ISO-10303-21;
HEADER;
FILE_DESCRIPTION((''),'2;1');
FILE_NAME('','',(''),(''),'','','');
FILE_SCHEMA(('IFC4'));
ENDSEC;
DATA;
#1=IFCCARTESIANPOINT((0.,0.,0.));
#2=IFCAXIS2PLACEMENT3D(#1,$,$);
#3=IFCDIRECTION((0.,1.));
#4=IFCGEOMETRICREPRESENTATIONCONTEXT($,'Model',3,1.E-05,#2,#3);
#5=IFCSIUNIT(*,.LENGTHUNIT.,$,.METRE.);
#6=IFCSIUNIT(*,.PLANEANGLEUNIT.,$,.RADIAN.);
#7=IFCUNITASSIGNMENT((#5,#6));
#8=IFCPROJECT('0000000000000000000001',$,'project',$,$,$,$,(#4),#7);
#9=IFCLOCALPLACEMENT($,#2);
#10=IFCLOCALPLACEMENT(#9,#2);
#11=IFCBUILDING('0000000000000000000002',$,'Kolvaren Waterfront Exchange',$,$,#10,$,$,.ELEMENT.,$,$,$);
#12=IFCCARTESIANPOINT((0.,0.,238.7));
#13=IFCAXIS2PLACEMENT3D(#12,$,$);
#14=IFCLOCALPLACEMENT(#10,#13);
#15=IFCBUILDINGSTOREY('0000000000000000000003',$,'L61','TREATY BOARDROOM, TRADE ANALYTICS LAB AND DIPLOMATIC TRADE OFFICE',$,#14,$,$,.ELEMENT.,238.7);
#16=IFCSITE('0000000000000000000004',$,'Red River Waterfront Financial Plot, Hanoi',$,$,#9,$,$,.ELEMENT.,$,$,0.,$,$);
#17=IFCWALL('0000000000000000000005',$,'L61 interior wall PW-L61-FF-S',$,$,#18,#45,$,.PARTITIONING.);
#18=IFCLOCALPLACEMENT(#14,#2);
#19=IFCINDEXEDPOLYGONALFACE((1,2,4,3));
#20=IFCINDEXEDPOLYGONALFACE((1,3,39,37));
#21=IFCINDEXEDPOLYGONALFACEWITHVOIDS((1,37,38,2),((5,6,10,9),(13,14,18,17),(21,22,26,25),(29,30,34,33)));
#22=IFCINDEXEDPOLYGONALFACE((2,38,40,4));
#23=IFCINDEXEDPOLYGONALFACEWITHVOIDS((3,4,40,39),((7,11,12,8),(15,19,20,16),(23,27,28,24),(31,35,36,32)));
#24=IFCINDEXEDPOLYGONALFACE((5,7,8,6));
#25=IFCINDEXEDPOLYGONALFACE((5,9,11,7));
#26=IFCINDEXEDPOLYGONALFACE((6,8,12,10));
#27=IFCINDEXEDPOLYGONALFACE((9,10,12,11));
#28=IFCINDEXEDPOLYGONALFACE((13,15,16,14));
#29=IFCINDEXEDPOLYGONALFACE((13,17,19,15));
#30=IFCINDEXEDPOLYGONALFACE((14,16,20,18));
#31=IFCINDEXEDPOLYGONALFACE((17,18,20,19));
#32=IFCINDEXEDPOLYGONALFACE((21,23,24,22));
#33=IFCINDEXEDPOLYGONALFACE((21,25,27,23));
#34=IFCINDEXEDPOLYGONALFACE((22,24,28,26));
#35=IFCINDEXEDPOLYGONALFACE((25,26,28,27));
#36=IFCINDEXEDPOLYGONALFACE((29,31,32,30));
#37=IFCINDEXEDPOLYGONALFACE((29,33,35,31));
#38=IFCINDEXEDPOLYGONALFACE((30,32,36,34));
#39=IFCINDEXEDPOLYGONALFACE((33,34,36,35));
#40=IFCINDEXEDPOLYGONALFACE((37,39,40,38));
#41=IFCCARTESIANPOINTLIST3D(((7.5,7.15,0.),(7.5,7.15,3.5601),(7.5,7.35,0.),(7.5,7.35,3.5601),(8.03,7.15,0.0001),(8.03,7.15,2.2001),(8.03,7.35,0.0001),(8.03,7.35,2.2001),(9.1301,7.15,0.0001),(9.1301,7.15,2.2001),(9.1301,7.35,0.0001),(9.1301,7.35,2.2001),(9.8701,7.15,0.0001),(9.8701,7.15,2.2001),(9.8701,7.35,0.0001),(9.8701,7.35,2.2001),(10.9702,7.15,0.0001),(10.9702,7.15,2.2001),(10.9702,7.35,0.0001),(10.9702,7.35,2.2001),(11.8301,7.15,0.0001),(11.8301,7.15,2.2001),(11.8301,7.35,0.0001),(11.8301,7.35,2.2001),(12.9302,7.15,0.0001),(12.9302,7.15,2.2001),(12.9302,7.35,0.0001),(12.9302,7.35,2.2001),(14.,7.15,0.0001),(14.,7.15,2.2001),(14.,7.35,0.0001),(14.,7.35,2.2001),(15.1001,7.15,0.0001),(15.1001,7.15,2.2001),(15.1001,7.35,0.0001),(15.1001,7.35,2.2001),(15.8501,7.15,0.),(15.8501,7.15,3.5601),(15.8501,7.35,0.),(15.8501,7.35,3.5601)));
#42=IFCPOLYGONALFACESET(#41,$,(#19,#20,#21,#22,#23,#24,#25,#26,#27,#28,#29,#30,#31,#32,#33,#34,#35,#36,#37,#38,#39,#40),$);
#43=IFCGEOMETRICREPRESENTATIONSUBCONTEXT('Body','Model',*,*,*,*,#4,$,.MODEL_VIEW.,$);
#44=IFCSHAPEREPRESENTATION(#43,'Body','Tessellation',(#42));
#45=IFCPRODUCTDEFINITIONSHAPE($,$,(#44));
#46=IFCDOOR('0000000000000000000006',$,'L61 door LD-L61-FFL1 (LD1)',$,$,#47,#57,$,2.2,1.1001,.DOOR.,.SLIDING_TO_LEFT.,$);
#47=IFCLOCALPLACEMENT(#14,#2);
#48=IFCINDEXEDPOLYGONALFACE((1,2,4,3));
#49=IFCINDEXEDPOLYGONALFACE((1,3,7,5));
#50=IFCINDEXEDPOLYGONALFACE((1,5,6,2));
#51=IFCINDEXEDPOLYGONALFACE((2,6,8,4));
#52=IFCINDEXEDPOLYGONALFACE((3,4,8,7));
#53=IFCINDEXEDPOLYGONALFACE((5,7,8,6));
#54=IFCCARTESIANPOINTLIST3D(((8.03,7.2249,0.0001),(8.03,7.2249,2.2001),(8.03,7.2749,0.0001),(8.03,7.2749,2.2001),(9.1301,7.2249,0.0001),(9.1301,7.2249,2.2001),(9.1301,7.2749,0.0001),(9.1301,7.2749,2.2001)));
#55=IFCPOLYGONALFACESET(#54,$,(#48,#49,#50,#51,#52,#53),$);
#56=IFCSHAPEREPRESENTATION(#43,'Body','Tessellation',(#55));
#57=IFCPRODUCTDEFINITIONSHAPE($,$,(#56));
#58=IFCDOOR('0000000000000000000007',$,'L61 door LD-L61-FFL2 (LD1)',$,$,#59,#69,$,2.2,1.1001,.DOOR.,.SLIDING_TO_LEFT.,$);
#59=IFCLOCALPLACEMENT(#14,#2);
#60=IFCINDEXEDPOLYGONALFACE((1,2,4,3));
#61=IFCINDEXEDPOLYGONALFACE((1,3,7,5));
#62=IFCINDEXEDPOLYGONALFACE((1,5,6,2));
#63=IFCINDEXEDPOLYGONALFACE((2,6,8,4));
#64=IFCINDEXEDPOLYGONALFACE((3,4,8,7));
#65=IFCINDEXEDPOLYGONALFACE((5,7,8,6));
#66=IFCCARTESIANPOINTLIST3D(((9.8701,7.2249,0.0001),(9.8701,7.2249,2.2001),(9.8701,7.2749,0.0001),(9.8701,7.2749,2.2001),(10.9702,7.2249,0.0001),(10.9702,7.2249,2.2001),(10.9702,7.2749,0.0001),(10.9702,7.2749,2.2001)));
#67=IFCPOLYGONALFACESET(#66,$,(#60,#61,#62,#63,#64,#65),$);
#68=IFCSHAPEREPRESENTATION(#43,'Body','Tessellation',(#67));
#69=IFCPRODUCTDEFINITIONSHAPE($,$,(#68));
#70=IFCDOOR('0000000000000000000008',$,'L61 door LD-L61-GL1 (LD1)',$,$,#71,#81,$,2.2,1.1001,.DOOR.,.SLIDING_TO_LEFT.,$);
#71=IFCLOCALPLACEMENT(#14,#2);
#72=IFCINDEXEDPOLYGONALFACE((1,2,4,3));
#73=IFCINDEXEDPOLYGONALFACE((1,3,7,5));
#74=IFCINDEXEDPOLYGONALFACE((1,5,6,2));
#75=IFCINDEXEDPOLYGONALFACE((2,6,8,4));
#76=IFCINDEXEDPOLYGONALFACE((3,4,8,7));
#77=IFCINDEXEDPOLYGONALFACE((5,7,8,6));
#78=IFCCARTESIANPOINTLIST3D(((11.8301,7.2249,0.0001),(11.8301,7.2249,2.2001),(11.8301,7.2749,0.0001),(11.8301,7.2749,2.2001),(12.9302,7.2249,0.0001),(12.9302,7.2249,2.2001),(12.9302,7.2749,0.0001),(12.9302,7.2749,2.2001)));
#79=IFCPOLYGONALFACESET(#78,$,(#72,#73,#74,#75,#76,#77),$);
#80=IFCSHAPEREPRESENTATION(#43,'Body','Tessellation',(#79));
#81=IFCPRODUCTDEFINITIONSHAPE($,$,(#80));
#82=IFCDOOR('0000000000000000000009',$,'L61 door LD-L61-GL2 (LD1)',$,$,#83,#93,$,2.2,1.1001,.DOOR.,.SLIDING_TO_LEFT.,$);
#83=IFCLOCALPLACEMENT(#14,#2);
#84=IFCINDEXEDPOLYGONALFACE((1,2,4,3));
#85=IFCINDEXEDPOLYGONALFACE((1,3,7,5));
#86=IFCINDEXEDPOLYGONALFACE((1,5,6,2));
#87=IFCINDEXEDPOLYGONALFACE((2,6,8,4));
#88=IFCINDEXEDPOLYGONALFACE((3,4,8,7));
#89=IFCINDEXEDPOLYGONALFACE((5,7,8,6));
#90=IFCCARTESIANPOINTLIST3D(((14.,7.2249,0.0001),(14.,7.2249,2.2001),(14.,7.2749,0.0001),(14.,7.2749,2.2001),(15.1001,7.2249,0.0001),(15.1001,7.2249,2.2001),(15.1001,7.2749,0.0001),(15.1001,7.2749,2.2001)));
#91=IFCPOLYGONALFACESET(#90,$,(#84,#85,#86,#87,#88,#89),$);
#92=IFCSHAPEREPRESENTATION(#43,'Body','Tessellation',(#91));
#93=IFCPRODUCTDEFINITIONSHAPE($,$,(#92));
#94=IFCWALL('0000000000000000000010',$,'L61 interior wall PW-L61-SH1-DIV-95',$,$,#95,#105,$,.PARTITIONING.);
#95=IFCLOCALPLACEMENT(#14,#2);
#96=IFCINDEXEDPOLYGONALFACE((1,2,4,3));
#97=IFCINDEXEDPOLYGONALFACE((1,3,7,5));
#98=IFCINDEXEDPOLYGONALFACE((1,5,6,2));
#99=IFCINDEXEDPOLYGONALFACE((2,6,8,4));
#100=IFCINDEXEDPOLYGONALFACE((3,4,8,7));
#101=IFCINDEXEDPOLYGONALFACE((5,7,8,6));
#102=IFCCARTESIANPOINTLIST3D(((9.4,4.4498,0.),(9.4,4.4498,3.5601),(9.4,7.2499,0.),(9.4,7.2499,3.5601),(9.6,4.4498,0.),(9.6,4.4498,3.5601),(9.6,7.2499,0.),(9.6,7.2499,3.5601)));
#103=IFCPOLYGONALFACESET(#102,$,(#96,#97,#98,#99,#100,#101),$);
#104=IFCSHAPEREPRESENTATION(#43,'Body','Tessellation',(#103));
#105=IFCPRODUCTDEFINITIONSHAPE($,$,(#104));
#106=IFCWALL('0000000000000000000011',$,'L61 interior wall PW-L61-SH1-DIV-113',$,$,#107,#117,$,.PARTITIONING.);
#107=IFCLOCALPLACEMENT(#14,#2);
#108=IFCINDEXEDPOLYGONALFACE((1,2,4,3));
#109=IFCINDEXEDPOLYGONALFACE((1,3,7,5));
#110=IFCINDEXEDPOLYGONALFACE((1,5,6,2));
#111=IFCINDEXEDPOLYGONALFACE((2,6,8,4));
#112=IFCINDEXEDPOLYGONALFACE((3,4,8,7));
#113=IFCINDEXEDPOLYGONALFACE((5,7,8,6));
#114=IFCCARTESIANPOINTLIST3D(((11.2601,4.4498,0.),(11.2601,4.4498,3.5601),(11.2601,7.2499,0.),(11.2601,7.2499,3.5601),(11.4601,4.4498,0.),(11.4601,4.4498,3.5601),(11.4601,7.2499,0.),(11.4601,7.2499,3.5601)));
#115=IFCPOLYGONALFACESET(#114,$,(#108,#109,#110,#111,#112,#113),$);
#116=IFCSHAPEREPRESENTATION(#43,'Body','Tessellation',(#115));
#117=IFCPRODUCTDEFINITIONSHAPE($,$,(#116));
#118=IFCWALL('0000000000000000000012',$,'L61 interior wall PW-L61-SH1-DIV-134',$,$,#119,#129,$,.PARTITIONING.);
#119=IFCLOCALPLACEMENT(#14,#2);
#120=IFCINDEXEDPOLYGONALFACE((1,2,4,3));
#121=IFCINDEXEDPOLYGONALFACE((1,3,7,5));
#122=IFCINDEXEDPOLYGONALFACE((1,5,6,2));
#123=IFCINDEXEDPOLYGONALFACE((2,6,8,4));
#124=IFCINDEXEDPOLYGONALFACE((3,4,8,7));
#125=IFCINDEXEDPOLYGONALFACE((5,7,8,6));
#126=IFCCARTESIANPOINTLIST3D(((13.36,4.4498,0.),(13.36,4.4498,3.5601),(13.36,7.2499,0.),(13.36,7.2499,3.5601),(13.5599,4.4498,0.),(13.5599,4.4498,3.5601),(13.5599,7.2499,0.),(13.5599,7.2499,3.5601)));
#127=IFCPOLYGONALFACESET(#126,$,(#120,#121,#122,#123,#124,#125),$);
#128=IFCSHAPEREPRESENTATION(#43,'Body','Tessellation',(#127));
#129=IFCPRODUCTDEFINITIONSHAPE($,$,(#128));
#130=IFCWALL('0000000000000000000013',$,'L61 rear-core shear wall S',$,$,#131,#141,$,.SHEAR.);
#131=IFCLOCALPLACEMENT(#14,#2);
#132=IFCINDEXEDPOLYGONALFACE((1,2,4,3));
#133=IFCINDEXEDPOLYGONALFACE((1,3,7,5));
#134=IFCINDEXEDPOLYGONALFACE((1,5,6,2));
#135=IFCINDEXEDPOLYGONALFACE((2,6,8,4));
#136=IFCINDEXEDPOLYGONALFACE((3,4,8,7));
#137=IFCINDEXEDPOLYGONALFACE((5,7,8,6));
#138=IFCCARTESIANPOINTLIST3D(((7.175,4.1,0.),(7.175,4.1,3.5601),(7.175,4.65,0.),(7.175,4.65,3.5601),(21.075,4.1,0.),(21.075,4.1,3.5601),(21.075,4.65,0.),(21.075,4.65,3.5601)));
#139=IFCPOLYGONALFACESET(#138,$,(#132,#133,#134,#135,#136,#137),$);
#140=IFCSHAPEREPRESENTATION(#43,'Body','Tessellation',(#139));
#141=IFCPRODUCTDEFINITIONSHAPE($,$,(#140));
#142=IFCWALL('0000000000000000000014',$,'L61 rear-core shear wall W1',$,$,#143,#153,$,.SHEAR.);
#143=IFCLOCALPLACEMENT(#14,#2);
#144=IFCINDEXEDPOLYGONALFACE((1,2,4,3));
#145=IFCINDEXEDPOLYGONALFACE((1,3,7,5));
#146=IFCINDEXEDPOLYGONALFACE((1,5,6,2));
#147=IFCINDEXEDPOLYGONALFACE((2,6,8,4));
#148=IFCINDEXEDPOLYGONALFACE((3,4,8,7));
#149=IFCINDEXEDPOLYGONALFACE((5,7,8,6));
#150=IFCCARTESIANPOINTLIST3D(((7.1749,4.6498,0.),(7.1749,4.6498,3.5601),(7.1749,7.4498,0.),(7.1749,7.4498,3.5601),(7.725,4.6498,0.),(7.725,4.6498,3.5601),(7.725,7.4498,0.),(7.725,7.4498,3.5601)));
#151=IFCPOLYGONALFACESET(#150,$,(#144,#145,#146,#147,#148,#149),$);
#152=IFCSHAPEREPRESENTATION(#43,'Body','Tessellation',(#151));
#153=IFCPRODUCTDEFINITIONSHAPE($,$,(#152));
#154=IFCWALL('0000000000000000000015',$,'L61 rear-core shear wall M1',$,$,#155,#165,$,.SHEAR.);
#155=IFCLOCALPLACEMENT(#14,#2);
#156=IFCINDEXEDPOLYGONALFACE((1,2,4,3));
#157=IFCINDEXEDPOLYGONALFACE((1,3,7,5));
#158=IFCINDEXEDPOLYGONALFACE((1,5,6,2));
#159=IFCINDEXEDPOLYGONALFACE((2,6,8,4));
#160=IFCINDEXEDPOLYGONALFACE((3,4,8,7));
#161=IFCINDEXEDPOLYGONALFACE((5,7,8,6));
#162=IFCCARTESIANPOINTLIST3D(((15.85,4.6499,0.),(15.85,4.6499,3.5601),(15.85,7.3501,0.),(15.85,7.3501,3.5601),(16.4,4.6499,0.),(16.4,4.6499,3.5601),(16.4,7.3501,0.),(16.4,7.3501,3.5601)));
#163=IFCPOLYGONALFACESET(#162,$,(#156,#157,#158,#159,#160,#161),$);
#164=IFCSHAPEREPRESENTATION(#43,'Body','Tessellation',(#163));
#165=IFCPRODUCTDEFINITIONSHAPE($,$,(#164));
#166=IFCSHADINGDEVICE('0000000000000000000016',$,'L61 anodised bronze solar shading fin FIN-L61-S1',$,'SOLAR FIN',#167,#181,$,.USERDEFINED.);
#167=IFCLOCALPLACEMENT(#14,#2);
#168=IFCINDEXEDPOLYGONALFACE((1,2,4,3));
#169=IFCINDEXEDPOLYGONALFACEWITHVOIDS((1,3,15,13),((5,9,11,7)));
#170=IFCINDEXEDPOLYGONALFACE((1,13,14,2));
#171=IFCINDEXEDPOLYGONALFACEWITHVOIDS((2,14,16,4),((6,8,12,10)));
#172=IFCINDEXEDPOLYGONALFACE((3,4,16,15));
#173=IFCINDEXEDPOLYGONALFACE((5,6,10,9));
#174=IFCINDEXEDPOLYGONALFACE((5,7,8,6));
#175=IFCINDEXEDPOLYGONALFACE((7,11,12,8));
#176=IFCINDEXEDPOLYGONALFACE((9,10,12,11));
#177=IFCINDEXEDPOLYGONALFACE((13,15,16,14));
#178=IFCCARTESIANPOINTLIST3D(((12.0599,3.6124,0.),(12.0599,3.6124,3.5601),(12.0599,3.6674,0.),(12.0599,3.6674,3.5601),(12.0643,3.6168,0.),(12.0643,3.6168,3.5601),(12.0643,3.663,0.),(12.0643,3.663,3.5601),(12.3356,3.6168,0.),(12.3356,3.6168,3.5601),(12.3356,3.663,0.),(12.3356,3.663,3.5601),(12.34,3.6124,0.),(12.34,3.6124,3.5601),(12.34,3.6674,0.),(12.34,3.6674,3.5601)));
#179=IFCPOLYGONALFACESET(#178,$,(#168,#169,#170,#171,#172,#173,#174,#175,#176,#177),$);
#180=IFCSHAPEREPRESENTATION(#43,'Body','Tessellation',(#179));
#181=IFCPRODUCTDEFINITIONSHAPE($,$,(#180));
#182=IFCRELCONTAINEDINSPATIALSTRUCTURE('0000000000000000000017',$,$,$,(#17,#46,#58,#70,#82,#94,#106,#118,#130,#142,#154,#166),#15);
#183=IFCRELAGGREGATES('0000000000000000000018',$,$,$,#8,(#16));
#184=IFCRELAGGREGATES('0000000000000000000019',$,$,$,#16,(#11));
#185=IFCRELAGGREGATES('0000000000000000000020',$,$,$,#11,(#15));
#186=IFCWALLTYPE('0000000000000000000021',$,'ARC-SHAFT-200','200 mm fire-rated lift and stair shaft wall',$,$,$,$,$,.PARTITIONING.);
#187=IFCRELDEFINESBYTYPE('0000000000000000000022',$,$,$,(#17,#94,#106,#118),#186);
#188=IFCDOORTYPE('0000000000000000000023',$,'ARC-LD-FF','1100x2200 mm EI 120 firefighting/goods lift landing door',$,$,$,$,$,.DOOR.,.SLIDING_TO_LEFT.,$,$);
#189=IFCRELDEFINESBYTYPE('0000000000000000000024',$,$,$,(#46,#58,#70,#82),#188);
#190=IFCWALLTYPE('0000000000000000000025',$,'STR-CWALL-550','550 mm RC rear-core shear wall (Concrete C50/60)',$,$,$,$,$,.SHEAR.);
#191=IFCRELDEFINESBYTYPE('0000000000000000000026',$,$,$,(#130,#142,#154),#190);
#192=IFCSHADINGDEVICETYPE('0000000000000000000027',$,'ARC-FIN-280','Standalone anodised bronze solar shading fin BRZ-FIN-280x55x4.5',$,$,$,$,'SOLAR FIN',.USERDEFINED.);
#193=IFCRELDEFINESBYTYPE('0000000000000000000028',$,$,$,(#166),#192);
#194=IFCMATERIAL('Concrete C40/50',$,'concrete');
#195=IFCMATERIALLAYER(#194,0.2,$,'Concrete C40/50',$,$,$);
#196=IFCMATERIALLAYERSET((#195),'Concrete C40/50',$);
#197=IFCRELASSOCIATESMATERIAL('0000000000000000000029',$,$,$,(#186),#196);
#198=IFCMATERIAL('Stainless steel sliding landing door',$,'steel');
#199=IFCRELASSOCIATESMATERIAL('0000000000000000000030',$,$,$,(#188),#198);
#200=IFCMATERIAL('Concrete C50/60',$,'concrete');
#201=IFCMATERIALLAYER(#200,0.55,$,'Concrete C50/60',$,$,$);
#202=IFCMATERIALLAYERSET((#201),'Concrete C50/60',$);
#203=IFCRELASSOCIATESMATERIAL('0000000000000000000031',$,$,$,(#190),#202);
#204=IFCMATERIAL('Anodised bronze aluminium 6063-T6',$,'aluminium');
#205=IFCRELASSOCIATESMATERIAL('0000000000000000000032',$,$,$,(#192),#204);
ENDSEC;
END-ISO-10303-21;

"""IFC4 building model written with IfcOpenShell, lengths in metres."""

from ifc_helpers import new_model, si_unit, direction, frame, frame_2d, origin, origin_2d, place, context, subcontext, project, spatial, rectangle, hollow_rectangle, extrude, material, layer, layer_set, material_profile, profile_set, type_object, element, fill, save


model = new_model("IFC4")

# Units and contexts
model_context = context("Model", 3, precision=1e-05, world=origin(), true_north=direction((0.0, 1.0)))
body_context = subcontext(model_context, "Body", "Model", "MODEL_VIEW")
ifc_project = project(units=[si_unit("LENGTHUNIT", "METRE"), si_unit("PLANEANGLEUNIT", "RADIAN")], contexts=[model_context])

# Site, building, storey
site_placement = place(None, origin())
site = spatial("IfcSite", under=ifc_project, at=site_placement, Name="Red River Waterfront Financial Plot, Hanoi", CompositionType="ELEMENT", RefElevation=0.0)
building_placement = place(site_placement, origin())
building = spatial("IfcBuilding", under=site, at=building_placement, Name="Kolvaren Waterfront Exchange", CompositionType="ELEMENT")
storey_placement = place(building_placement, frame((0.0, 0.0, 238.7)))
storey = spatial("IfcBuildingStorey", under=building, at=storey_placement, Name="L61", Description="TREATY BOARDROOM, TRADE ANALYTICS LAB AND DIPLOMATIC TRADE OFFICE", CompositionType="ELEMENT", Elevation=238.7)

# Shared definitions
ifc_material_1 = material(Name="Concrete C50/60", Category="concrete")

# Shared definitions
ifc_material_2 = material(Name="Anodised bronze aluminium 6063-T6", Category="aluminium")

# Shared definitions
ifc_material_3 = material(Name="Concrete C40/50", Category="concrete")
ifc_layer_1 = layer(ifc_material_3, 0.2, Name="Concrete C40/50")
ifc_layer_set_1 = layer_set([ifc_layer_1], Name="Concrete C40/50")
wall_type_1 = type_object("IfcWallType", Name="ARC-SHAFT-200", Description="200 mm fire-rated lift and stair shaft wall", PredefinedType="PARTITIONING", material=ifc_layer_set_1)

# Wall, openings, doors
wall_1_placement = place(storey_placement, frame((7.5, 7.25, 0.0), z_axis=(0.0, 0.0, 1.0), x_axis=(1.0, 0.0, 0.0)))
wall_1 = element("IfcWall", 1, at=wall_1_placement, inside=storey, type_object=wall_type_1, Name="L61 interior wall PW-L61-FF-S", PredefinedType="PARTITIONING", context=body_context, shape_type="SweptSolid", body=[
    extrude(rectangle(XDim=8.3501, YDim=0.2, at=frame_2d((4.175, 0.0))), origin(), (0.0, 0.0, 1.0), 3.5601),
])
opening_1_placement = place(wall_1_placement, frame((0.53, 0.0, 0.0)))
opening_1 = element("IfcOpeningElement", 2, at=opening_1_placement, cuts=wall_1, PredefinedType="OPENING", context=body_context, shape_type="SweptSolid", body=[
    extrude(rectangle(XDim=1.1001, YDim=2.2, at=frame_2d((0.55, 1.1001))), frame((0.0, 0.1099, 0.0), z_axis=(0.0, -1.0, 0.0), x_axis=(1.0, 0.0, 0.0)), (0.0, 0.0, 1.0), 0.22),
])
opening_2_placement = place(wall_1_placement, frame((2.3701, 0.0, 0.0)))
opening_2 = element("IfcOpeningElement", 3, at=opening_2_placement, cuts=wall_1, PredefinedType="OPENING", context=body_context, shape_type="SweptSolid", body=[
    extrude(rectangle(XDim=1.1001, YDim=2.2, at=frame_2d((0.55, 1.1001))), frame((0.0, 0.1099, 0.0), z_axis=(0.0, -1.0, 0.0), x_axis=(1.0, 0.0, 0.0)), (0.0, 0.0, 1.0), 0.22),
])
opening_3_placement = place(wall_1_placement, frame((4.3301, 0.0, 0.0)))
opening_3 = element("IfcOpeningElement", 4, at=opening_3_placement, cuts=wall_1, PredefinedType="OPENING", context=body_context, shape_type="SweptSolid", body=[
    extrude(rectangle(XDim=1.1001, YDim=2.2, at=frame_2d((0.55, 1.1001))), frame((0.0, 0.1099, 0.0), z_axis=(0.0, -1.0, 0.0), x_axis=(1.0, 0.0, 0.0)), (0.0, 0.0, 1.0), 0.22),
])
opening_4_placement = place(wall_1_placement, frame((6.5, 0.0, 0.0)))
opening_4 = element("IfcOpeningElement", 5, at=opening_4_placement, cuts=wall_1, PredefinedType="OPENING", context=body_context, shape_type="SweptSolid", body=[
    extrude(rectangle(XDim=1.1001, YDim=2.2, at=frame_2d((0.55, 1.1001))), frame((0.0, 0.1099, 0.0), z_axis=(0.0, -1.0, 0.0), x_axis=(1.0, 0.0, 0.0)), (0.0, 0.0, 1.0), 0.22),
])
ifc_material_4 = material(Name="Stainless steel sliding landing door", Category="steel")
door_type = type_object("IfcDoorType", Name="ARC-LD-FF", Description="1100x2200 mm EI 120 firefighting/goods lift landing door", OperationType="SLIDING_TO_LEFT", PredefinedType="DOOR", material=ifc_material_4)
door_1_placement = place(opening_1_placement, origin())
door_1 = element("IfcDoor", 6, at=door_1_placement, inside=storey, type_object=door_type, Name="L61 door LD-L61-FFL1 (LD1)", OperationType="SLIDING_TO_LEFT", OverallHeight=2.2, OverallWidth=1.1001, PredefinedType="DOOR", context=body_context, shape_type="SweptSolid", body=[
    extrude(rectangle(XDim=1.1001, YDim=2.2, at=frame_2d((0.55, 1.1001))), frame((0.0, 0.0249, 0.0), z_axis=(0.0, -1.0, 0.0), x_axis=(1.0, 0.0, 0.0)), (0.0, 0.0, 1.0), 0.05),
])
fill(opening_1, door_1)
door_2_placement = place(opening_2_placement, origin())
door_2 = element("IfcDoor", 7, at=door_2_placement, inside=storey, type_object=door_type, Name="L61 door LD-L61-FFL2 (LD1)", OperationType="SLIDING_TO_LEFT", OverallHeight=2.2, OverallWidth=1.1001, PredefinedType="DOOR", context=body_context, shape_type="SweptSolid", body=[
    extrude(rectangle(XDim=1.1001, YDim=2.2, at=frame_2d((0.55, 1.1001))), frame((0.0, 0.0249, 0.0), z_axis=(0.0, -1.0, 0.0), x_axis=(1.0, 0.0, 0.0)), (0.0, 0.0, 1.0), 0.05),
])
fill(opening_2, door_2)
door_3_placement = place(opening_3_placement, origin())
door_3 = element("IfcDoor", 8, at=door_3_placement, inside=storey, type_object=door_type, Name="L61 door LD-L61-GL1 (LD1)", OperationType="SLIDING_TO_LEFT", OverallHeight=2.2, OverallWidth=1.1001, PredefinedType="DOOR", context=body_context, shape_type="SweptSolid", body=[
    extrude(rectangle(XDim=1.1001, YDim=2.2, at=frame_2d((0.55, 1.1001))), frame((0.0, 0.0249, 0.0), z_axis=(0.0, -1.0, 0.0), x_axis=(1.0, 0.0, 0.0)), (0.0, 0.0, 1.0), 0.05),
])
fill(opening_3, door_3)
door_4_placement = place(opening_4_placement, origin())
door_4 = element("IfcDoor", 9, at=door_4_placement, inside=storey, type_object=door_type, Name="L61 door LD-L61-GL2 (LD1)", OperationType="SLIDING_TO_LEFT", OverallHeight=2.2, OverallWidth=1.1001, PredefinedType="DOOR", context=body_context, shape_type="SweptSolid", body=[
    extrude(rectangle(XDim=1.1001, YDim=2.2, at=frame_2d((0.55, 1.1001))), frame((0.0, 0.0249, 0.0), z_axis=(0.0, -1.0, 0.0), x_axis=(1.0, 0.0, 0.0)), (0.0, 0.0, 1.0), 0.05),
])
fill(opening_4, door_4)

# Walls
for number, where, z_axis, x_axis, name in (
    (10, (9.5, 4.45, 0.0), (0.0, 0.0, 1.0), (0.0, 1.0, 0.0), "L61 interior wall PW-L61-SH1-DIV-95"),
    (11, (11.3601, 4.45, 0.0), (0.0, 0.0, 1.0), (0.0, 1.0, 0.0), "L61 interior wall PW-L61-SH1-DIV-113"),
    (12, (13.46, 4.45, 0.0), (0.0, 0.0, 1.0), (0.0, 1.0, 0.0), "L61 interior wall PW-L61-SH1-DIV-134"),
):
    element("IfcWall", number, at=place(storey_placement, frame(where, z_axis=z_axis, x_axis=x_axis)), inside=storey, type_object=wall_type_1, Name=name, PredefinedType="PARTITIONING", context=body_context, shape_type="SweptSolid", body=[
        extrude(rectangle(XDim=2.8, YDim=0.2, at=frame_2d((1.3999, 0.0))), origin(), (0.0, 0.0, 1.0), 3.5601),
    ])
ifc_layer_2 = layer(ifc_material_1, 0.55, Name="Concrete C50/60")
ifc_layer_set_2 = layer_set([ifc_layer_2], Name="Concrete C50/60")
wall_type_2 = type_object("IfcWallType", Name="STR-CWALL-550", Description="550 mm RC rear-core shear wall (Concrete C50/60)", PredefinedType="SHEAR", material=ifc_layer_set_2)
wall_2_placement = place(storey_placement, frame((7.175, 4.375, 0.0), z_axis=(0.0, 0.0, 1.0), x_axis=(1.0, 0.0, 0.0)))
element("IfcWall", 13, at=wall_2_placement, inside=storey, type_object=wall_type_2, Name="L61 rear-core shear wall S", PredefinedType="SHEAR", context=body_context, shape_type="SweptSolid", body=[
    extrude(rectangle(XDim=13.8999, YDim=0.55, at=frame_2d((6.95, 0.0))), origin(), (0.0, 0.0, 1.0), 3.5601),
])
wall_3_placement = place(storey_placement, frame((7.45, 4.6499, 0.0), z_axis=(0.0, 0.0, 1.0), x_axis=(0.0, 1.0, 0.0)))
element("IfcWall", 14, at=wall_3_placement, inside=storey, type_object=wall_type_2, Name="L61 rear-core shear wall W1", PredefinedType="SHEAR", context=body_context, shape_type="SweptSolid", body=[
    extrude(rectangle(XDim=2.8, YDim=0.55, at=frame_2d((1.3999, 0.0))), origin(), (0.0, 0.0, 1.0), 3.5601),
])
wall_4_placement = place(storey_placement, frame((16.125, 4.6499, 0.0), z_axis=(0.0, 0.0, 1.0), x_axis=(0.0, 1.0, 0.0)))
element("IfcWall", 15, at=wall_4_placement, inside=storey, type_object=wall_type_2, Name="L61 rear-core shear wall M1", PredefinedType="SHEAR", context=body_context, shape_type="SweptSolid", body=[
    extrude(rectangle(XDim=2.7002, YDim=0.55, at=frame_2d((1.3501, 0.0))), origin(), (0.0, 0.0, 1.0), 3.5601),
])

# Shading device
ifc_material_profile_1 = material_profile(ifc_material_2, hollow_rectangle(XDim=0.0549, YDim=0.28, WallThickness=0.0044, at=origin_2d()), Name="BRZ-FIN-280x55x4.5")
ifc_profile_set_1 = profile_set([ifc_material_profile_1], Name="Anodised bronze aluminium 6063-T6")
shading_device_type = type_object("IfcShadingDeviceType", Name="ARC-FIN-280", Description="Standalone anodised bronze solar shading fin BRZ-FIN-280x55x4.5", ElementType="SOLAR FIN", PredefinedType="USERDEFINED", material=ifc_profile_set_1)
shading_device_placement = place(storey_placement, frame((12.2, 3.6399, 0.0), z_axis=(0.0, 0.0, 1.0), x_axis=(0.0, -1.0, 0.0)))
element("IfcShadingDevice", 16, at=shading_device_placement, inside=storey, type_object=shading_device_type, Name="L61 anodised bronze solar shading fin FIN-L61-S1", ObjectType="SOLAR FIN", PredefinedType="USERDEFINED", context=body_context, shape_type="SweptSolid", body=[
    extrude(hollow_rectangle(XDim=0.0549, YDim=0.28, WallThickness=0.0044, at=origin_2d()), origin(), (0.0, 0.0, 1.0), 3.5601),
])

save(model, "model.ifc")
